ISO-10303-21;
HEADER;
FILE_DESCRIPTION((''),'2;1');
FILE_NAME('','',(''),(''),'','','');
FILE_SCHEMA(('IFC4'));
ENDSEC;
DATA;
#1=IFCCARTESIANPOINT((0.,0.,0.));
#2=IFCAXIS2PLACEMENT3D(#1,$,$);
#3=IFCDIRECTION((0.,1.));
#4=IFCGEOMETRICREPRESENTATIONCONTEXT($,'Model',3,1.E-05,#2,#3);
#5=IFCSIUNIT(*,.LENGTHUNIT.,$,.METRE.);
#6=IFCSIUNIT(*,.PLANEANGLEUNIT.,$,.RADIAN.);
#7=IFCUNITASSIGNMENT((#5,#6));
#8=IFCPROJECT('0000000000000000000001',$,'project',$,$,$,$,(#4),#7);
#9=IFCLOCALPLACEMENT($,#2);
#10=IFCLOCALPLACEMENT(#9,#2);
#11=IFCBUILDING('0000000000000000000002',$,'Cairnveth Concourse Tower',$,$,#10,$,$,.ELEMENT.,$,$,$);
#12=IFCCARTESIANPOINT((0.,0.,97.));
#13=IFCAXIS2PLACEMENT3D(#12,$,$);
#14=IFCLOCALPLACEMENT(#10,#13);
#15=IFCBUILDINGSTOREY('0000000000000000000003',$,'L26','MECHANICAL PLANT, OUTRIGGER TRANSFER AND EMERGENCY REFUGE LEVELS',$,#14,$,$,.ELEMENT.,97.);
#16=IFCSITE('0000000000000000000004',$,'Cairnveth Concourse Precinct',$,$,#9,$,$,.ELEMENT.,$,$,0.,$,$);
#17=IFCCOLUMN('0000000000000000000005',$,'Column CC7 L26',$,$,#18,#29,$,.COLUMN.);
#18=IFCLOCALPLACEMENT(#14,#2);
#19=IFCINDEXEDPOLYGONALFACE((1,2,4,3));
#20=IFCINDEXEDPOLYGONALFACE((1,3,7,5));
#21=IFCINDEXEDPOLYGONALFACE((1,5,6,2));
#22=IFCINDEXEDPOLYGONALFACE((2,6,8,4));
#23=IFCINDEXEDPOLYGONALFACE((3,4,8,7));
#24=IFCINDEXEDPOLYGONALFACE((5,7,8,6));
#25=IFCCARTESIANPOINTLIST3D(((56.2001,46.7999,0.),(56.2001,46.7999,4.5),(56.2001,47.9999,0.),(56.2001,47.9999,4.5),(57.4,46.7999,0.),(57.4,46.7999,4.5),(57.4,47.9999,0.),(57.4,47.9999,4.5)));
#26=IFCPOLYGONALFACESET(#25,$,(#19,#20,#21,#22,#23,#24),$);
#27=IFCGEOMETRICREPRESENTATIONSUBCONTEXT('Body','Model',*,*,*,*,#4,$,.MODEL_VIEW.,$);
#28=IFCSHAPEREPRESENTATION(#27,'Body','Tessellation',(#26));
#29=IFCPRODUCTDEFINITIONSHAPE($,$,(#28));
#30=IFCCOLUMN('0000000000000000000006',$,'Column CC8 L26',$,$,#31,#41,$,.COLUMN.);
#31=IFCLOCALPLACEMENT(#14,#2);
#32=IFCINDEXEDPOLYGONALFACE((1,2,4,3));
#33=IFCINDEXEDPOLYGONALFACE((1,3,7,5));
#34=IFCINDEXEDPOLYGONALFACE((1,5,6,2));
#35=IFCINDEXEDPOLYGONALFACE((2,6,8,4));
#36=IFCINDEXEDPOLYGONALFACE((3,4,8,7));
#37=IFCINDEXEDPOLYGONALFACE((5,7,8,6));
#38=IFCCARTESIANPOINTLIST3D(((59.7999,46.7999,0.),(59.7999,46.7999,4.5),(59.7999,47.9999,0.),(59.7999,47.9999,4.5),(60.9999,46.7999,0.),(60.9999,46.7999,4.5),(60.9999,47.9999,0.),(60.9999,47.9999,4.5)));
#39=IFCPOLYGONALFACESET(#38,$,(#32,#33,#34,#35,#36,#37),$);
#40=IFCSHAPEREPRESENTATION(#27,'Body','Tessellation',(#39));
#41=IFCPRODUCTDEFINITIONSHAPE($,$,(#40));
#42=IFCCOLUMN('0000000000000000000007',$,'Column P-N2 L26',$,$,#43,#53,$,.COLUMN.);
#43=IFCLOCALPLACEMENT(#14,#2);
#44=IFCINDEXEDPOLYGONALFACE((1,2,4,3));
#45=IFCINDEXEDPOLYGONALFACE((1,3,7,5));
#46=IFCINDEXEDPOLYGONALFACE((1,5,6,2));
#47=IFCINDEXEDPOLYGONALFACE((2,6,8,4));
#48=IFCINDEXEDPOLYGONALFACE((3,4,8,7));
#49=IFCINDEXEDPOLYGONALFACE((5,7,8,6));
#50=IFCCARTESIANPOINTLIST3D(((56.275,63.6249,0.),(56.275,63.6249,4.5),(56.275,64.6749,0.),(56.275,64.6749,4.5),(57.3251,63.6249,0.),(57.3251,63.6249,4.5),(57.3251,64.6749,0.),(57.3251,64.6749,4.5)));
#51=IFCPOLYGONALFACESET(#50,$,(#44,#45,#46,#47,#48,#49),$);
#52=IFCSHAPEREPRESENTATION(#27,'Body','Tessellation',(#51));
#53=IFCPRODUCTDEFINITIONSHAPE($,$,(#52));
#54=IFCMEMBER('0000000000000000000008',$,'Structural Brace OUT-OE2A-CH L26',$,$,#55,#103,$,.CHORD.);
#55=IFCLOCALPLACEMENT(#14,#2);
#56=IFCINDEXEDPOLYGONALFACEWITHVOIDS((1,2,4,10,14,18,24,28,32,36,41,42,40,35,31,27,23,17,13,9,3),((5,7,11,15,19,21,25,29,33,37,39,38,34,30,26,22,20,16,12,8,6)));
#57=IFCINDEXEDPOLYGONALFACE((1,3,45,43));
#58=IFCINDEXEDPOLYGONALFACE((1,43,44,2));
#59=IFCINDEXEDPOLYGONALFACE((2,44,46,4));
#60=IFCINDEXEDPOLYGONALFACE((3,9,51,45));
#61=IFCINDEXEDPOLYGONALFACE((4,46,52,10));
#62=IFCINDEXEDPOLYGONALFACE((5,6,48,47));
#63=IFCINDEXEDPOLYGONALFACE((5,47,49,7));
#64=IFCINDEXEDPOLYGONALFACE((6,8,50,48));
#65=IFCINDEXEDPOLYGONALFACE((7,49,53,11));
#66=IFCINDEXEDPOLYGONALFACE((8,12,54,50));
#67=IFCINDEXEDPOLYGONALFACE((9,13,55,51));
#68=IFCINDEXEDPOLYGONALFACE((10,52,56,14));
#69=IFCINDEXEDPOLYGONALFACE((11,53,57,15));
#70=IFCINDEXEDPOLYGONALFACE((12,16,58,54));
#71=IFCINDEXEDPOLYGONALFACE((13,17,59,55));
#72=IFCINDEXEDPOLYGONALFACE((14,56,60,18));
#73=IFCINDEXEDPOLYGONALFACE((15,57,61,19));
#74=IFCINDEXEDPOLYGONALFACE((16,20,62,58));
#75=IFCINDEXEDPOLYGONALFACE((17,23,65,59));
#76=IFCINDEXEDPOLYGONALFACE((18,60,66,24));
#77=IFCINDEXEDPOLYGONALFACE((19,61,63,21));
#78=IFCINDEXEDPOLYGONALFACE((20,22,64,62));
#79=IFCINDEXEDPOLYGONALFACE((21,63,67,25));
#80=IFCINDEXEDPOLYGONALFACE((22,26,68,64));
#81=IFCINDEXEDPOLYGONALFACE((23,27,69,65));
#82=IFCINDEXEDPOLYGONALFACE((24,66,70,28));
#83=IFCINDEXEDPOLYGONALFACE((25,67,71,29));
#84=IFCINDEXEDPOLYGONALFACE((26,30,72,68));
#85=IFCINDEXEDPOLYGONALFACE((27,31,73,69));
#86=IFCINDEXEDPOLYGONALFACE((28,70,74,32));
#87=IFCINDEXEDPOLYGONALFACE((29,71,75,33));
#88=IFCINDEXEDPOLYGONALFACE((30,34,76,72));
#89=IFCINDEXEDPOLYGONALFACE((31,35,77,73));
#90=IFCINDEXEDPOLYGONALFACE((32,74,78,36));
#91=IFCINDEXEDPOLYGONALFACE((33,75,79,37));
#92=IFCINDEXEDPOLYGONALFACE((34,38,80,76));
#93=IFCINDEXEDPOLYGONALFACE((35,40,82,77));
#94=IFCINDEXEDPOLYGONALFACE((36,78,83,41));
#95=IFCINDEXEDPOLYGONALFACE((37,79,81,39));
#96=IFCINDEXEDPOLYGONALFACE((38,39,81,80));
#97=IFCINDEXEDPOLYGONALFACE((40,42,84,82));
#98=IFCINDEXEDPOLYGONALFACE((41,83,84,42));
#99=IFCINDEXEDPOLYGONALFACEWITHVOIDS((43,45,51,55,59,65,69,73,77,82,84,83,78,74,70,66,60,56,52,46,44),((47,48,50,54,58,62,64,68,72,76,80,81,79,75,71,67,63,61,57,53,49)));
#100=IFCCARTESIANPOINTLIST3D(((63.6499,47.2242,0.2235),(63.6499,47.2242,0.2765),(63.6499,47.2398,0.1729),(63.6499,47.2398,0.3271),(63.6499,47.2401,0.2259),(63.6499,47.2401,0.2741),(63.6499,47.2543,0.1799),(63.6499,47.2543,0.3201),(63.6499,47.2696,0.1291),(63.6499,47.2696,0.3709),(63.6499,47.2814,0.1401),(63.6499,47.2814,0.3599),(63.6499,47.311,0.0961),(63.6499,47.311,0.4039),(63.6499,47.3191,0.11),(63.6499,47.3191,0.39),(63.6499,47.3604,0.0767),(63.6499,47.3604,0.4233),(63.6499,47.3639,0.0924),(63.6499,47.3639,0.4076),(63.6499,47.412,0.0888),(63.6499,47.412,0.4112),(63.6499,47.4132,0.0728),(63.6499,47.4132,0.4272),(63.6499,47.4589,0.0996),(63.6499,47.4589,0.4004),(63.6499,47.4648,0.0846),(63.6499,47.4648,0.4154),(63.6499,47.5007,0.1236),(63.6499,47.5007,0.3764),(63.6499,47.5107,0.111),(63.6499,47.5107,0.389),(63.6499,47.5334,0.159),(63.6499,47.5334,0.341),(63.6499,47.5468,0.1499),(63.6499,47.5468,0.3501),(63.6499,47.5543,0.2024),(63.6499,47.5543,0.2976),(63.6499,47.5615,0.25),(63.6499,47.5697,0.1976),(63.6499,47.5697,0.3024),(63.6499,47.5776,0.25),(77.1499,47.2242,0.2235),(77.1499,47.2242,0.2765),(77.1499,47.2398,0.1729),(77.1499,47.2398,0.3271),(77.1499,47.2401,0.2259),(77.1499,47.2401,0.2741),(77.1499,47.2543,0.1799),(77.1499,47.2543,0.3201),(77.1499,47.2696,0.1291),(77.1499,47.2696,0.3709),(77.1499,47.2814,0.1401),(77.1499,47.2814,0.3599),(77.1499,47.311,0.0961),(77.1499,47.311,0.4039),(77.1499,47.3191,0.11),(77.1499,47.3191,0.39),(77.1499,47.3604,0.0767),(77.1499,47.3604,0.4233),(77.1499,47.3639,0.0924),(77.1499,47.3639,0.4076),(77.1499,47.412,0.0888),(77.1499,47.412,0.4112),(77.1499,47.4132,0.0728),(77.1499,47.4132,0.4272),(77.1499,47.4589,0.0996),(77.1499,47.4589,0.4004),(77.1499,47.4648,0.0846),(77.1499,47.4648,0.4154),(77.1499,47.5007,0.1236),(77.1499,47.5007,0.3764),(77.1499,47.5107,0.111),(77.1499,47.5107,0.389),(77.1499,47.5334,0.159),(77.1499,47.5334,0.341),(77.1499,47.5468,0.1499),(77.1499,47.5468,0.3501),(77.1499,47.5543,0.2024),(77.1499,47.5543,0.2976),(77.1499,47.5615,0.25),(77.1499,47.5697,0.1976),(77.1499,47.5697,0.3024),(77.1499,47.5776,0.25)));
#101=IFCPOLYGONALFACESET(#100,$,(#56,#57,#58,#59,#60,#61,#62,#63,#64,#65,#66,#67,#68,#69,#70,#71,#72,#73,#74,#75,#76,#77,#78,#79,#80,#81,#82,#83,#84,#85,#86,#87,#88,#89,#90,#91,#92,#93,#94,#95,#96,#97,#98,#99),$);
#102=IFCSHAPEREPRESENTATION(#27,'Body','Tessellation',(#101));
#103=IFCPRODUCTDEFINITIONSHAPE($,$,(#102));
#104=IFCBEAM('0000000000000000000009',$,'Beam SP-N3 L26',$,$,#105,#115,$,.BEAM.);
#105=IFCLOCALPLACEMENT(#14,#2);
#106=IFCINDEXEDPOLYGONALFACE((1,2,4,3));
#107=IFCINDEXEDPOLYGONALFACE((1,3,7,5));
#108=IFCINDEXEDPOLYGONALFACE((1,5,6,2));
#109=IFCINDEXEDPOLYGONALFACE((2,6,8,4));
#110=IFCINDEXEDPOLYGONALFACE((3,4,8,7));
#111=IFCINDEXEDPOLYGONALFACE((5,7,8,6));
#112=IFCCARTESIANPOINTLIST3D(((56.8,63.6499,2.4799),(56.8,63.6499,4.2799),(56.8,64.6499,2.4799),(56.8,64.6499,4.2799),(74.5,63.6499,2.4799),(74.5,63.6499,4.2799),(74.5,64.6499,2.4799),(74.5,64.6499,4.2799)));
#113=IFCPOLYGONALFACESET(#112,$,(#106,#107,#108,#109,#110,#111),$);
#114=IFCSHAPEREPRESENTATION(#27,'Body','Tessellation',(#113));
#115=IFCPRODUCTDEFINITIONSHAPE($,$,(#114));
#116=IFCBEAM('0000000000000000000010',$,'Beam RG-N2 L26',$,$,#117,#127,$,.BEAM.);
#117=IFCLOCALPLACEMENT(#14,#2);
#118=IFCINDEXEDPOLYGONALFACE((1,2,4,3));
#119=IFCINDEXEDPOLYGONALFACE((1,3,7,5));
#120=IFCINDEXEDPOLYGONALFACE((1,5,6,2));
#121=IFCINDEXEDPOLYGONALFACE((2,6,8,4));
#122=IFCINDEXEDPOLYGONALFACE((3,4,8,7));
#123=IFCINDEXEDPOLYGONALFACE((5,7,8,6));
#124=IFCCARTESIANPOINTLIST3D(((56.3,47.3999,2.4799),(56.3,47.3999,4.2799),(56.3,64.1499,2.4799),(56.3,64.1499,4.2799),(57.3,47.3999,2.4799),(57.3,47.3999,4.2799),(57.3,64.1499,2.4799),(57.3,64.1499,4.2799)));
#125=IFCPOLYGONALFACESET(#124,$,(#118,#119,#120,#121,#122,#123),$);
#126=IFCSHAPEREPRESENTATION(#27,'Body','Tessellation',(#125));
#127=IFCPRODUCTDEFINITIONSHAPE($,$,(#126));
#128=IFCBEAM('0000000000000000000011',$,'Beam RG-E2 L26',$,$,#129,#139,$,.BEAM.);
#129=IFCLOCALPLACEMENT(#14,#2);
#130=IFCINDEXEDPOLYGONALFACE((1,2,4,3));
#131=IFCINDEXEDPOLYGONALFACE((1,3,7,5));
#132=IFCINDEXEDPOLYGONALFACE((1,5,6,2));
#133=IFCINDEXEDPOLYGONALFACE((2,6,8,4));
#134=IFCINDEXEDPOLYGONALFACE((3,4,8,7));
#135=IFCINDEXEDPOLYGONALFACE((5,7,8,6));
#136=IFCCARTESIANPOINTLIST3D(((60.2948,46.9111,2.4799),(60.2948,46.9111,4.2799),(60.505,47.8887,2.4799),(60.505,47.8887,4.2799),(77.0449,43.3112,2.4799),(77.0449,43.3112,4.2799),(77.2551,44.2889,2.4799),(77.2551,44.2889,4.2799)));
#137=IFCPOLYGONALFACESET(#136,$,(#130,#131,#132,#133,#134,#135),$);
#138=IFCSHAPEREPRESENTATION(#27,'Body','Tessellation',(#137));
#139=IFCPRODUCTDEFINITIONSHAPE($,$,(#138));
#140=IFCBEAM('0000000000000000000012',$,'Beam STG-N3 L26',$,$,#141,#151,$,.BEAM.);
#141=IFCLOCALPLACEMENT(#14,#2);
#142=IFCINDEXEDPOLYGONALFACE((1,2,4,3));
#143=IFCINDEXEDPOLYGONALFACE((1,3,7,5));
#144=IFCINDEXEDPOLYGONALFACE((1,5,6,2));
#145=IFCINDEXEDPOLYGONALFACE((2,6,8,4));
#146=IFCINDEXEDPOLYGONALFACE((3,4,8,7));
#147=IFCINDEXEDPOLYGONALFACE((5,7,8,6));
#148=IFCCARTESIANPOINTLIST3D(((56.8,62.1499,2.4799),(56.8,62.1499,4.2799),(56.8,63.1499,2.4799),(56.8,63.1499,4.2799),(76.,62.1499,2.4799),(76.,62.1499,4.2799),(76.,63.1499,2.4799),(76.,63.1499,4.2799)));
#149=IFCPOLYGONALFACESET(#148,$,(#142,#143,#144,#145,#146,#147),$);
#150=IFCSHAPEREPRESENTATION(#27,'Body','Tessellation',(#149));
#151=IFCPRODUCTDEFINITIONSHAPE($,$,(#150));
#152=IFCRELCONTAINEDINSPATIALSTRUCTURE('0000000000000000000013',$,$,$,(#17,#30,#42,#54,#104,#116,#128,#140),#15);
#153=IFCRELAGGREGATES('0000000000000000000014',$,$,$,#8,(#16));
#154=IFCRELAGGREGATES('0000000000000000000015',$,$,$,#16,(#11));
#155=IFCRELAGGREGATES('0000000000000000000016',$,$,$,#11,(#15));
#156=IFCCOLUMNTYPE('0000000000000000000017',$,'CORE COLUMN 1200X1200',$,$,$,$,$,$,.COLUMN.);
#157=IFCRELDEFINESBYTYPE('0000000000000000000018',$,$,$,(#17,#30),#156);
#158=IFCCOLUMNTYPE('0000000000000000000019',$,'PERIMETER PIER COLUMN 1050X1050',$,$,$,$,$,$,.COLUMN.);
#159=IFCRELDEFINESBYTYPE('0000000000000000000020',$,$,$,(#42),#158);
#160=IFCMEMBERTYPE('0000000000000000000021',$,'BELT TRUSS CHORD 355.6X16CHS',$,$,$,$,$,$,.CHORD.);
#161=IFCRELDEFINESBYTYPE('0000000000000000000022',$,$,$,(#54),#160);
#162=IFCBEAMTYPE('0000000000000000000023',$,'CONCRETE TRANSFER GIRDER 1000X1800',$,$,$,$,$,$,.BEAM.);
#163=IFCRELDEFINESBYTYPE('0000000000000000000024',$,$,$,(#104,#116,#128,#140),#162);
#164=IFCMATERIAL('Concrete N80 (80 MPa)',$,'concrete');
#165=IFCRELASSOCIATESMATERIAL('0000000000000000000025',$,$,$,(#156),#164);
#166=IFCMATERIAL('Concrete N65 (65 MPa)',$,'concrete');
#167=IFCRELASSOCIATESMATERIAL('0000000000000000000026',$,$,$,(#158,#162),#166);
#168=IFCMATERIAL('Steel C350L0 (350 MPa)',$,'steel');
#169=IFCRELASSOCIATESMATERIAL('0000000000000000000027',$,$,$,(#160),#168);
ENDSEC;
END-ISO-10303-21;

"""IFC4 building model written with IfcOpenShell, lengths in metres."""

from ifc_helpers import new_model, si_unit, direction, frame, origin, origin_2d, place, context, subcontext, project, spatial, rectangle, hollow_circle, extrude, material, material_profile, profile_set, type_object, element, save


model = new_model("IFC4")

# Units and contexts
model_context = context("Model", 3, precision=1e-05, world=origin(), true_north=direction((0.0, 1.0)))
body_context = subcontext(model_context, "Body", "Model", "MODEL_VIEW")
ifc_project = project(units=[si_unit("LENGTHUNIT", "METRE"), si_unit("PLANEANGLEUNIT", "RADIAN")], contexts=[model_context])

# Site, building, storey
site_placement = place(None, origin())
site = spatial("IfcSite", under=ifc_project, at=site_placement, Name="Cairnveth Concourse Precinct", CompositionType="ELEMENT", RefElevation=0.0)
building_placement = place(site_placement, origin())
building = spatial("IfcBuilding", under=site, at=building_placement, Name="Cairnveth Concourse Tower", CompositionType="ELEMENT")
storey_placement = place(building_placement, frame((0.0, 0.0, 97.0)))
storey = spatial("IfcBuildingStorey", under=building, at=storey_placement, Name="L26", Description="MECHANICAL PLANT, OUTRIGGER TRANSFER AND EMERGENCY REFUGE LEVELS", CompositionType="ELEMENT", Elevation=97.0)

# Columns
ifc_material_1 = material(Name="Concrete N80 (80 MPa)", Category="concrete")
ifc_material_profile_1 = material_profile(ifc_material_1, rectangle(XDim=1.2, YDim=1.2, at=origin_2d()), Name="RC-COL-1200x1200")
ifc_profile_set_1 = profile_set([ifc_material_profile_1], Name="Concrete N80 (80 MPa)")
column_type_1 = type_object("IfcColumnType", Name="CORE COLUMN 1200X1200", PredefinedType="COLUMN", material=ifc_profile_set_1)
for number, where, z_axis, x_axis, name in (
    (1, (56.8, 47.3999, 0.0), (0.0, 0.0, 1.0), (1.0, 0.0, 0.0), "Column CC7 L26"),
    (2, (60.3999, 47.3999, 0.0), (0.0, 0.0, 1.0), (1.0, 0.0, 0.0), "Column CC8 L26"),
):
    element("IfcColumn", number, at=place(storey_placement, frame(where, z_axis=z_axis, x_axis=x_axis)), inside=storey, type_object=column_type_1, Name=name, PredefinedType="COLUMN", context=body_context, shape_type="SweptSolid", body=[
        extrude(rectangle(XDim=1.2, YDim=1.2, at=origin_2d()), origin(), (0.0, 0.0, 1.0), 4.5),
    ])
ifc_material_2 = material(Name="Concrete N65 (65 MPa)", Category="concrete")
ifc_material_profile_2 = material_profile(ifc_material_2, rectangle(XDim=1.05, YDim=1.05, at=origin_2d()), Name="RC-COL-1050x1050")
ifc_profile_set_2 = profile_set([ifc_material_profile_2], Name="Concrete N65 (65 MPa)")
column_type_2 = type_object("IfcColumnType", Name="PERIMETER PIER COLUMN 1050X1050", PredefinedType="COLUMN", material=ifc_profile_set_2)
column_placement = place(storey_placement, frame((56.8, 64.1499, 0.0), z_axis=(0.0, 0.0, 1.0), x_axis=(1.0, 0.0, 0.0)))
element("IfcColumn", 3, at=column_placement, inside=storey, type_object=column_type_2, Name="Column P-N2 L26", PredefinedType="COLUMN", context=body_context, shape_type="SweptSolid", body=[
    extrude(rectangle(XDim=1.05, YDim=1.05, at=origin_2d()), origin(), (0.0, 0.0, 1.0), 4.5),
])

# Member
ifc_material_3 = material(Name="Steel C350L0 (350 MPa)", Category="steel")
ifc_material_profile_3 = material_profile(ifc_material_3, hollow_circle(Radius=0.1777, WallThickness=0.0161, at=origin_2d()), Name="355.6x16.0CHS")
ifc_profile_set_3 = profile_set([ifc_material_profile_3], Name="Steel C350L0 (350 MPa)")
member_type_1 = type_object("IfcMemberType", Name="BELT TRUSS CHORD 355.6X16CHS", PredefinedType="CHORD", material=ifc_profile_set_3)
member_1_placement = place(storey_placement, frame((63.6499, 47.3999, 0.25), z_axis=(1.0, 0.0, 0.0), x_axis=(0.0, 1.0, 0.0)))
element("IfcMember", 4, at=member_1_placement, inside=storey, type_object=member_type_1, Name="Structural Brace OUT-OE2A-CH L26", PredefinedType="CHORD", context=body_context, shape_type="SweptSolid", body=[
    extrude(hollow_circle(Radius=0.1777, WallThickness=0.0161, at=origin_2d()), origin(), (0.0, 0.0, 1.0), 13.5),
])

# Beams
ifc_material_profile_4 = material_profile(ifc_material_2, rectangle(XDim=1.0, YDim=1.8, at=origin_2d()), Name="RC-TB-1000x1800")
ifc_profile_set_4 = profile_set([ifc_material_profile_4], Name="Concrete N65 (65 MPa)")
beam_type_1 = type_object("IfcBeamType", Name="CONCRETE TRANSFER GIRDER 1000X1800", PredefinedType="BEAM", material=ifc_profile_set_4)
beam_1_placement = place(storey_placement, frame((56.8, 64.1499, 3.3799), z_axis=(1.0, 0.0, 0.0), x_axis=(0.0, 1.0, 0.0)))
element("IfcBeam", 5, at=beam_1_placement, inside=storey, type_object=beam_type_1, Name="Beam SP-N3 L26", PredefinedType="BEAM", context=body_context, shape_type="SweptSolid", body=[
    extrude(rectangle(XDim=1.0, YDim=1.8, at=origin_2d()), origin(), (0.0, 0.0, 1.0), 17.7),
])
beam_2_placement = place(storey_placement, frame((56.8, 47.3999, 3.3799), z_axis=(0.0, 1.0, 0.0), x_axis=(-1.0, 0.0, 0.0)))
element("IfcBeam", 6, at=beam_2_placement, inside=storey, type_object=beam_type_1, Name="Beam RG-N2 L26", PredefinedType="BEAM", context=body_context, shape_type="SweptSolid", body=[
    extrude(rectangle(XDim=1.0, YDim=1.8, at=origin_2d()), origin(), (0.0, 0.0, 1.0), 16.75),
])
beam_3_placement = place(storey_placement, frame((60.3999, 47.3999, 3.3799), z_axis=(0.977676, -0.210119, 0.0), x_axis=(0.210119, 0.977676, 0.0)))
element("IfcBeam", 7, at=beam_3_placement, inside=storey, type_object=beam_type_1, Name="Beam RG-E2 L26", PredefinedType="BEAM", context=body_context, shape_type="SweptSolid", body=[
    extrude(rectangle(XDim=1.0, YDim=1.8, at=origin_2d()), origin(), (0.0, 0.0, 1.0), 17.1326),
])
beam_4_placement = place(storey_placement, frame((56.8, 62.6499, 3.3799), z_axis=(1.0, 0.0, 0.0), x_axis=(0.0, 1.0, 0.0)))
element("IfcBeam", 8, at=beam_4_placement, inside=storey, type_object=beam_type_1, Name="Beam STG-N3 L26", PredefinedType="BEAM", context=body_context, shape_type="SweptSolid", body=[
    extrude(rectangle(XDim=1.0, YDim=1.8, at=origin_2d()), origin(), (0.0, 0.0, 1.0), 19.2),
])

save(model, "model.ifc")
